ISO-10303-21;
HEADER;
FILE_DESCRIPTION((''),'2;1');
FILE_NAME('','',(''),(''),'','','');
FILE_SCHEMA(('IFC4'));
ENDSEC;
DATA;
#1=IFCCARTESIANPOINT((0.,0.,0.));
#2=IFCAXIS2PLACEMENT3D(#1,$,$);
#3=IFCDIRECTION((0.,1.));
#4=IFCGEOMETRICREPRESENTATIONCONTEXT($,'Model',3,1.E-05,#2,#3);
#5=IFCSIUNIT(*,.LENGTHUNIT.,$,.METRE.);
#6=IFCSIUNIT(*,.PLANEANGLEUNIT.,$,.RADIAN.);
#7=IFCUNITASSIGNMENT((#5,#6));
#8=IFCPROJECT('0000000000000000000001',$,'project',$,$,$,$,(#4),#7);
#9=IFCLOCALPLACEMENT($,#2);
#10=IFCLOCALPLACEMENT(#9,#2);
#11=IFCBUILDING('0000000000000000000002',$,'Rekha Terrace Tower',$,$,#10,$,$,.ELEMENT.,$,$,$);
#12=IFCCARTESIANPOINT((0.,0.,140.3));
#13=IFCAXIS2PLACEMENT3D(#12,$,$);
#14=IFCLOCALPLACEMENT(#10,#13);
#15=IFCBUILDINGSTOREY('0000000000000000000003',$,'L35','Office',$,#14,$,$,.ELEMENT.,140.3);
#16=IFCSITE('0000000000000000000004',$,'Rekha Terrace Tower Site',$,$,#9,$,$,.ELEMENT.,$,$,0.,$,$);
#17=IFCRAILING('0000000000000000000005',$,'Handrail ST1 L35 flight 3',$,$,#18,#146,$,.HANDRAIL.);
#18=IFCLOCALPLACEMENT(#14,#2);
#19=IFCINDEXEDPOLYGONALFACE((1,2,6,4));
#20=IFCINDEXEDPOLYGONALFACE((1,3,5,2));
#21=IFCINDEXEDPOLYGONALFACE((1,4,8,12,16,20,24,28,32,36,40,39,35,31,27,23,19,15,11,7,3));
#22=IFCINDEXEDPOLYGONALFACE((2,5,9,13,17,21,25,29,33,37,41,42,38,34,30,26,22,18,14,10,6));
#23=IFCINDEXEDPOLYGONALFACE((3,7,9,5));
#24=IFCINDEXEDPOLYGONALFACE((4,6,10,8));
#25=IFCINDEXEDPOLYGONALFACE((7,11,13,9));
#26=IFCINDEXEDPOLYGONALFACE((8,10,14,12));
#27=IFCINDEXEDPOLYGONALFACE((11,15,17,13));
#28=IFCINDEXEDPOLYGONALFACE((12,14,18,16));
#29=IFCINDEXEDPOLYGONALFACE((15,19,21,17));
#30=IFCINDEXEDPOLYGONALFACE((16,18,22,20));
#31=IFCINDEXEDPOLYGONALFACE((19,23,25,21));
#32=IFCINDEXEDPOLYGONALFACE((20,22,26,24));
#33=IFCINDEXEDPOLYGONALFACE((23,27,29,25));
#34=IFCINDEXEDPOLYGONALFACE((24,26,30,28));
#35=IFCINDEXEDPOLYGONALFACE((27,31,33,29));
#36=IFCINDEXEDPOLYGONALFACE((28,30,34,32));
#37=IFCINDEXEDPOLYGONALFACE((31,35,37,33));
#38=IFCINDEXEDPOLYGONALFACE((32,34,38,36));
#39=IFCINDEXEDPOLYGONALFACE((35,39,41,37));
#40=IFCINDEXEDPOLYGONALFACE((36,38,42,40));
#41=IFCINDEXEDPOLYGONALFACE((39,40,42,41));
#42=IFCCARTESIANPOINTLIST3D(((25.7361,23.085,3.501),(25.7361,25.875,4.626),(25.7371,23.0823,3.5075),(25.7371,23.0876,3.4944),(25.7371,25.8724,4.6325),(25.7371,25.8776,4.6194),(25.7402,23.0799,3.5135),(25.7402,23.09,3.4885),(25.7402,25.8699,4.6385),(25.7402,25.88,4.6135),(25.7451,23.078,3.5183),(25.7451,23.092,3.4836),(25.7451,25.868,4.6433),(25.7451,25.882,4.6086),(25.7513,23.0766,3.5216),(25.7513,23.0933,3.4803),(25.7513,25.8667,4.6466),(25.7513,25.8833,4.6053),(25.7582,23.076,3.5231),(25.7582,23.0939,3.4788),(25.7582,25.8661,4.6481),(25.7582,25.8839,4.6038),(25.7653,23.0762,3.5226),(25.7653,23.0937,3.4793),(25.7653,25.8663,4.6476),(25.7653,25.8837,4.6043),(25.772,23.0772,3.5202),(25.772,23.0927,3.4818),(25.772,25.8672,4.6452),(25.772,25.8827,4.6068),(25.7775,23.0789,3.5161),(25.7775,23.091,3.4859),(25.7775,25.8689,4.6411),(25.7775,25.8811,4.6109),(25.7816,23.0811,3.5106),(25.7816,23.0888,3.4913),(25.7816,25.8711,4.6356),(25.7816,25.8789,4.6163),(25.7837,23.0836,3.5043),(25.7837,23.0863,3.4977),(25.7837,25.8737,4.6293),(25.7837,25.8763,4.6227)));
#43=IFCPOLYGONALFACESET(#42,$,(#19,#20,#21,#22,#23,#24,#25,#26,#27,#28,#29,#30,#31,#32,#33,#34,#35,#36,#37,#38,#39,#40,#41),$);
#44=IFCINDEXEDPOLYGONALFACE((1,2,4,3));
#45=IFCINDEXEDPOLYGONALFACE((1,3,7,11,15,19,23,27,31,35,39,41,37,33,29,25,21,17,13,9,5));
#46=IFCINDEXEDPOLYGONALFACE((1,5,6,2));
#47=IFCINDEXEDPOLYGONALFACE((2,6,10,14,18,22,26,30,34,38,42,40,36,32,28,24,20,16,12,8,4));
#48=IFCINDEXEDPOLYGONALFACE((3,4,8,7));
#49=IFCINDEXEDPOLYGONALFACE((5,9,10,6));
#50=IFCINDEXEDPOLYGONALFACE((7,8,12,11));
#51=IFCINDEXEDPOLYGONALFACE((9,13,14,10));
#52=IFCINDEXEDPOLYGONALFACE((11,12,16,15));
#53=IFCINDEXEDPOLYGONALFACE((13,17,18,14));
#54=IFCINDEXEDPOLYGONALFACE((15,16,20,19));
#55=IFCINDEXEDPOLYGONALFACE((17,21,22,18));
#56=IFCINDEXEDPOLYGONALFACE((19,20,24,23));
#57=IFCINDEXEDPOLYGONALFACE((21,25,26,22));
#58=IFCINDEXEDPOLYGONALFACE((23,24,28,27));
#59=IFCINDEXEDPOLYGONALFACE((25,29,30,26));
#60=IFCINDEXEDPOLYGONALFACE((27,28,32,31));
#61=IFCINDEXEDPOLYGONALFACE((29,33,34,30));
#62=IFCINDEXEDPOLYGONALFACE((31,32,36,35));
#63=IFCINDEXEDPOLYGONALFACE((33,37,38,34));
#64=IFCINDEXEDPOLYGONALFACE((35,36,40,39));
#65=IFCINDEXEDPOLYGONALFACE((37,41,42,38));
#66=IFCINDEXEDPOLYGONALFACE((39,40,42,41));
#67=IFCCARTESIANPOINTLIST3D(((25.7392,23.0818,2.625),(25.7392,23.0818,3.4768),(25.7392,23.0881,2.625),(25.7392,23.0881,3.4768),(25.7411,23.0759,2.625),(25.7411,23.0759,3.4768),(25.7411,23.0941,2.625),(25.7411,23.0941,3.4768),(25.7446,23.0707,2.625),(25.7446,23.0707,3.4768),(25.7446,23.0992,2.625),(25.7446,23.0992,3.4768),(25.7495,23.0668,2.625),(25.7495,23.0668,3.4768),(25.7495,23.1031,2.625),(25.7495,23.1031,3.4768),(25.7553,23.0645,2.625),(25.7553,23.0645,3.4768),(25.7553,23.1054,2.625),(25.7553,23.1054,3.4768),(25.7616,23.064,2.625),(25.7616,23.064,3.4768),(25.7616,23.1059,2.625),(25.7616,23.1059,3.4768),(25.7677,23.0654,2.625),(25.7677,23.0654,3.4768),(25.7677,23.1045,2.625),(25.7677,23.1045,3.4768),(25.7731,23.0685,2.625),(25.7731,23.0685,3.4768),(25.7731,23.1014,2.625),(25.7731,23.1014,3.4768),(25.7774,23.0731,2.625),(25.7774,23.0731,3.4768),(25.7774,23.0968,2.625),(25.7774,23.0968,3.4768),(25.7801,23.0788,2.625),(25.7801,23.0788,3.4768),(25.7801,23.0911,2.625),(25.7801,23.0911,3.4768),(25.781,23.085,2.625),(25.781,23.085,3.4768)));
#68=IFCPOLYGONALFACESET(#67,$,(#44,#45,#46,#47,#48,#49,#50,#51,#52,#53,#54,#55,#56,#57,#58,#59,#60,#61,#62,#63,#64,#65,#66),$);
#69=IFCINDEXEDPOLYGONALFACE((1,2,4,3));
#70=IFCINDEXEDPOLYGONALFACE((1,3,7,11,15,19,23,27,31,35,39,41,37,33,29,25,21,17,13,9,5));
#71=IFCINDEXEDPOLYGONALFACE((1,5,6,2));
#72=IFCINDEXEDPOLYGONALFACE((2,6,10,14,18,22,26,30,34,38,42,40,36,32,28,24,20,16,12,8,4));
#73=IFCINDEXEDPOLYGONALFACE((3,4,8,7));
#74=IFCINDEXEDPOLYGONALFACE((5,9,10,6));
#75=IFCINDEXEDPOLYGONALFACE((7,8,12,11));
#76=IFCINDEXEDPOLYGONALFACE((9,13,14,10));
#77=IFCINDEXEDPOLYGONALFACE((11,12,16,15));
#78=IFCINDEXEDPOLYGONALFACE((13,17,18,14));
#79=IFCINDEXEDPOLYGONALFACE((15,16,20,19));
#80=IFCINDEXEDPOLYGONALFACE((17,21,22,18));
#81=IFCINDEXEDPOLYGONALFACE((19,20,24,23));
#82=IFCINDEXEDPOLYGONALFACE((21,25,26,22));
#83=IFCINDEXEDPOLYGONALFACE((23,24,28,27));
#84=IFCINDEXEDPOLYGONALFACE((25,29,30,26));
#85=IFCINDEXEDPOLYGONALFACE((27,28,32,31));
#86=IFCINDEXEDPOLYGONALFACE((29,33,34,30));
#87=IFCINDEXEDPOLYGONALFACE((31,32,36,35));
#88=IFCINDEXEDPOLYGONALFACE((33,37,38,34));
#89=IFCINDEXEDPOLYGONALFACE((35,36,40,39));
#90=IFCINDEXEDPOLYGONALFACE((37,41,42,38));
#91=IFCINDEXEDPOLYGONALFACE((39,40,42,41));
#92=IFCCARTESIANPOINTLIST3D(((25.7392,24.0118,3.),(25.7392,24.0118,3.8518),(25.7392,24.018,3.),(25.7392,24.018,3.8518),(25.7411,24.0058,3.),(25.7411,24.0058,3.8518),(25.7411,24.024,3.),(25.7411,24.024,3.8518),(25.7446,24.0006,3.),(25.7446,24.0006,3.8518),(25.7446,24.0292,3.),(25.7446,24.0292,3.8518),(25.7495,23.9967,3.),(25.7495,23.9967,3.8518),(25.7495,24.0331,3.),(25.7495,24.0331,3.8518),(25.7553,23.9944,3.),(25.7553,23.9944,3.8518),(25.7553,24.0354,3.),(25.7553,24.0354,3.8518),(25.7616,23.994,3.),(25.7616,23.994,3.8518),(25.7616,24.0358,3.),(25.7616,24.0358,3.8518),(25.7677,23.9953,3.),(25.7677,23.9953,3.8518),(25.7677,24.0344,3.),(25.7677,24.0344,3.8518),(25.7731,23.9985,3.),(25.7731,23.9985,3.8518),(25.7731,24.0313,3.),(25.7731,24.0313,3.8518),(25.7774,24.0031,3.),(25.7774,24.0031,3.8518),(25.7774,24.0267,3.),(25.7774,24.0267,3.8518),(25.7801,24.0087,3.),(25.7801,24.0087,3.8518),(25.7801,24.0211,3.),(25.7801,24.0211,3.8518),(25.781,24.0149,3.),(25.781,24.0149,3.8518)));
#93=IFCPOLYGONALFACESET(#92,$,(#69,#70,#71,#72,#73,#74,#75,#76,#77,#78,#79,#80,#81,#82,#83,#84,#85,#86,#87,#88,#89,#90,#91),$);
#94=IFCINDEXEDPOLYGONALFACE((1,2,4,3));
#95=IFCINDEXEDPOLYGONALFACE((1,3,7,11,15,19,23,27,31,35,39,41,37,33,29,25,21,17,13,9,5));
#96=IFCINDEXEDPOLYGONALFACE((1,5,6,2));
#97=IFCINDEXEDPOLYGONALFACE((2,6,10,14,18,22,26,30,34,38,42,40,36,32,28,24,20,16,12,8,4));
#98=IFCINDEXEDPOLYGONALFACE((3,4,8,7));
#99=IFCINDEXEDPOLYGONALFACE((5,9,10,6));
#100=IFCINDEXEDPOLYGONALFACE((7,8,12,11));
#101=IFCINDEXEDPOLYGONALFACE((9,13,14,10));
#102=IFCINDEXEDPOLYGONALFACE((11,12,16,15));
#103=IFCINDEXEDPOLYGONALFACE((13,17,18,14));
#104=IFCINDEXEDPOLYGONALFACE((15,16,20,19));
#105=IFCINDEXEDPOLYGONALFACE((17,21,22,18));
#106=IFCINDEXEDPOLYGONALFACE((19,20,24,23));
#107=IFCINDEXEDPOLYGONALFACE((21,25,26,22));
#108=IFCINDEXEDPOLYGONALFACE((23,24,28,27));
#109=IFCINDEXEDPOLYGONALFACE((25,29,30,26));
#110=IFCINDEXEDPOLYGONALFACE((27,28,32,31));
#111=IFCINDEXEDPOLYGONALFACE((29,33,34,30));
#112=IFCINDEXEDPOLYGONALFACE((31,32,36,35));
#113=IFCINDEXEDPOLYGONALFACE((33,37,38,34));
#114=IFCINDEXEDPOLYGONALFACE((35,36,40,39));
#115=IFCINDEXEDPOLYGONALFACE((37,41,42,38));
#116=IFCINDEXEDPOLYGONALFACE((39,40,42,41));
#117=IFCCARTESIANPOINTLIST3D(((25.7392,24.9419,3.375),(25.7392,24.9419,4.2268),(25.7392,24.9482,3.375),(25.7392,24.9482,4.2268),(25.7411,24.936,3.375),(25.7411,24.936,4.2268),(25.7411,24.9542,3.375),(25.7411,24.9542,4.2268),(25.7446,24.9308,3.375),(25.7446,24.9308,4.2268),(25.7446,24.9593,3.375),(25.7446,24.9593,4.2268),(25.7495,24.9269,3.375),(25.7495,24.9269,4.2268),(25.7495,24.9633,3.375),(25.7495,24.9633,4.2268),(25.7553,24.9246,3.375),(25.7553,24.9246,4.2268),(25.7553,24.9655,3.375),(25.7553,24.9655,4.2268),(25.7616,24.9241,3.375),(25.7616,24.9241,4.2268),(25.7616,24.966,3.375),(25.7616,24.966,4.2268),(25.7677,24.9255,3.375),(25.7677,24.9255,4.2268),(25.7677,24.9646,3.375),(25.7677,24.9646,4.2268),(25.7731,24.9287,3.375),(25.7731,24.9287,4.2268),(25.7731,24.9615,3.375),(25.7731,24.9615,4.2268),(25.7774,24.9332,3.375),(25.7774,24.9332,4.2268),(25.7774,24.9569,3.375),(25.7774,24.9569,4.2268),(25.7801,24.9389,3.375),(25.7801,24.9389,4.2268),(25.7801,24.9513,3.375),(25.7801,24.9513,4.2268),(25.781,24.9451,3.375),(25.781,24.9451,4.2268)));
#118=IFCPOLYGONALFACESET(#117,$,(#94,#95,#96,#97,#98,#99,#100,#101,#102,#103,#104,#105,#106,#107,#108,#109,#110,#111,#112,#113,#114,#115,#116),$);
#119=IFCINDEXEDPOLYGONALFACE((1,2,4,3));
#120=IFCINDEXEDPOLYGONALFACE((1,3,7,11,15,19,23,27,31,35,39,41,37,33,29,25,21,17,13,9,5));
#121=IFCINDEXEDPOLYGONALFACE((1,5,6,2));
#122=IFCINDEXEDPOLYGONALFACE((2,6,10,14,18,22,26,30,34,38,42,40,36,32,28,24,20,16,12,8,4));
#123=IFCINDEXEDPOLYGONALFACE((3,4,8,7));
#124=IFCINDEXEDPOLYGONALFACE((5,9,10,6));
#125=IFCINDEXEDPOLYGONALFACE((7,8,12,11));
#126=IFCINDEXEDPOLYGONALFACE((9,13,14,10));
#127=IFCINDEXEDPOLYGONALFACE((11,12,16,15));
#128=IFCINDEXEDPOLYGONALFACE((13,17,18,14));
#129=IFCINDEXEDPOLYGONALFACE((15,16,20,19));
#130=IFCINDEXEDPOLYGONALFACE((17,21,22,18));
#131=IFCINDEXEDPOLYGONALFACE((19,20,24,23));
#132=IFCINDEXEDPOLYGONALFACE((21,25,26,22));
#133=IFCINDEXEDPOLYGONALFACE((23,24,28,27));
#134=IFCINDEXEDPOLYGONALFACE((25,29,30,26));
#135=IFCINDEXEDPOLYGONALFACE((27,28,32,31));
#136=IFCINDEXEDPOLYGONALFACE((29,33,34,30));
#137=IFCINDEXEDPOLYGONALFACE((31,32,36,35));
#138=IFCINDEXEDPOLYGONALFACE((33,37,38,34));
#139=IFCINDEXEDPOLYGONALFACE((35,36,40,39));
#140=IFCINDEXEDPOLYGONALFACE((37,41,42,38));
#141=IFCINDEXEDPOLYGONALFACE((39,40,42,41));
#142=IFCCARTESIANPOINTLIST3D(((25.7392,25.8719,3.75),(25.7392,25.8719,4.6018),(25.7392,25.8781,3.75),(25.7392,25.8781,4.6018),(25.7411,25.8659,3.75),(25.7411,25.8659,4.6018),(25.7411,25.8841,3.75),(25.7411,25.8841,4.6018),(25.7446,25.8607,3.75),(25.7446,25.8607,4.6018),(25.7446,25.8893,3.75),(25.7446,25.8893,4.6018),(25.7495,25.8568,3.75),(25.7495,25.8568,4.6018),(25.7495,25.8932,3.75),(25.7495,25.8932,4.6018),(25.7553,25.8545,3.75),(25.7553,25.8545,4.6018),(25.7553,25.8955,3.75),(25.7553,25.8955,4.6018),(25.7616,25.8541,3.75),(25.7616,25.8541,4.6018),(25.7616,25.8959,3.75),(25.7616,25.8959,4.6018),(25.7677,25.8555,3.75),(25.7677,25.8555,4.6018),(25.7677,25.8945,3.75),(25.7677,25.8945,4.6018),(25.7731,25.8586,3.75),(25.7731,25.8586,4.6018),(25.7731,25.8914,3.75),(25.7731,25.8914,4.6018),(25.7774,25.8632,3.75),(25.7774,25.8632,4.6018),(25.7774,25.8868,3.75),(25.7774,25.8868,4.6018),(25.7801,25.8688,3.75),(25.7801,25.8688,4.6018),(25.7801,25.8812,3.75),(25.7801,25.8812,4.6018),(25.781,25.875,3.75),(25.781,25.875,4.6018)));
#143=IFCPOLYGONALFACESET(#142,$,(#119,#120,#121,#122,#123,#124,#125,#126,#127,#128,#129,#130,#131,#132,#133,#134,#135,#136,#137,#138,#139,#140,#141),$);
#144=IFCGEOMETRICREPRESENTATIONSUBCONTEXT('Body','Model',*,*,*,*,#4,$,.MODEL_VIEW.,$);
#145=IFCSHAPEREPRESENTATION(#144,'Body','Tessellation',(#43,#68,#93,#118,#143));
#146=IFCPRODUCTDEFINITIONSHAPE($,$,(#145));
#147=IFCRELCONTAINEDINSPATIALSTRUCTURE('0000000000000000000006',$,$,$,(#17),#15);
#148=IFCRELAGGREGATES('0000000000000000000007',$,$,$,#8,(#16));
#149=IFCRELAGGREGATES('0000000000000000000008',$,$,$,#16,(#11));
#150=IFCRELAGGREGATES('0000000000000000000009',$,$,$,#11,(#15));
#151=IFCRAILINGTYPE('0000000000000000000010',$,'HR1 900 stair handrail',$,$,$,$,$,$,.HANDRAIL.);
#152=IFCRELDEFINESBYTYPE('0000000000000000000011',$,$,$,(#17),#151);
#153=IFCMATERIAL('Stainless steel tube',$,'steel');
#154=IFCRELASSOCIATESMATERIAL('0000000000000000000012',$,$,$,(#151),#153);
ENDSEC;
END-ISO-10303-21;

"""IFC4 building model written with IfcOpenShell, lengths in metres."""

from ifc_helpers import new_model, si_unit, direction, frame, origin, origin_2d, place, context, subcontext, project, spatial, circle, extrude, material, type_object, element, save


model = new_model("IFC4")

# Units and contexts
model_context = context("Model", 3, precision=1e-05, world=origin(), true_north=direction((0.0, 1.0)))
body_context = subcontext(model_context, "Body", "Model", "MODEL_VIEW")
ifc_project = project(units=[si_unit("LENGTHUNIT", "METRE"), si_unit("PLANEANGLEUNIT", "RADIAN")], contexts=[model_context])

# Site, building, storey
site_placement = place(None, origin())
site = spatial("IfcSite", under=ifc_project, at=site_placement, Name="Rekha Terrace Tower Site", CompositionType="ELEMENT", RefElevation=0.0)
building_placement = place(site_placement, origin())
building = spatial("IfcBuilding", under=site, at=building_placement, Name="Rekha Terrace Tower", CompositionType="ELEMENT")
storey_placement = place(building_placement, frame((0.0, 0.0, 140.3)))
storey = spatial("IfcBuildingStorey", under=building, at=storey_placement, Name="L35", Description="Office", CompositionType="ELEMENT", Elevation=140.3)

# Railing
ifc_material_1 = material(Name="Stainless steel tube", Category="steel")
railing_type_1 = type_object("IfcRailingType", Name="HR1 900 stair handrail", PredefinedType="HANDRAIL", material=ifc_material_1)
railing_1_placement = place(storey_placement, frame((25.76, 23.085, 2.625)))
element("IfcRailing", 1, at=railing_1_placement, inside=storey, type_object=railing_type_1, Name="Handrail ST1 L35 flight 3", PredefinedType="HANDRAIL", context=body_context, shape_type="SweptSolid", body=[
    extrude(circle(Radius=0.0239, at=origin_2d()), frame((0.0, 0.0, 0.876), z_axis=(0.0, 0.927443, 0.373964), x_axis=(-1.0, 0.0, 0.0)), (0.0, 0.0, 1.0), 3.0083),
    extrude(circle(Radius=0.021, at=origin_2d()), origin(), (0.0, 0.0, 1.0), 0.8518),
    extrude(circle(Radius=0.021, at=origin_2d()), frame((0.0, 0.9299, 0.375)), (0.0, 0.0, 1.0), 0.8518),
    extrude(circle(Radius=0.021, at=origin_2d()), frame((0.0, 1.8601, 0.75)), (0.0, 0.0, 1.0), 0.8518),
    extrude(circle(Radius=0.021, at=origin_2d()), frame((0.0, 2.79, 1.125)), (0.0, 0.0, 1.0), 0.8518),
])

save(model, "model.ifc")
